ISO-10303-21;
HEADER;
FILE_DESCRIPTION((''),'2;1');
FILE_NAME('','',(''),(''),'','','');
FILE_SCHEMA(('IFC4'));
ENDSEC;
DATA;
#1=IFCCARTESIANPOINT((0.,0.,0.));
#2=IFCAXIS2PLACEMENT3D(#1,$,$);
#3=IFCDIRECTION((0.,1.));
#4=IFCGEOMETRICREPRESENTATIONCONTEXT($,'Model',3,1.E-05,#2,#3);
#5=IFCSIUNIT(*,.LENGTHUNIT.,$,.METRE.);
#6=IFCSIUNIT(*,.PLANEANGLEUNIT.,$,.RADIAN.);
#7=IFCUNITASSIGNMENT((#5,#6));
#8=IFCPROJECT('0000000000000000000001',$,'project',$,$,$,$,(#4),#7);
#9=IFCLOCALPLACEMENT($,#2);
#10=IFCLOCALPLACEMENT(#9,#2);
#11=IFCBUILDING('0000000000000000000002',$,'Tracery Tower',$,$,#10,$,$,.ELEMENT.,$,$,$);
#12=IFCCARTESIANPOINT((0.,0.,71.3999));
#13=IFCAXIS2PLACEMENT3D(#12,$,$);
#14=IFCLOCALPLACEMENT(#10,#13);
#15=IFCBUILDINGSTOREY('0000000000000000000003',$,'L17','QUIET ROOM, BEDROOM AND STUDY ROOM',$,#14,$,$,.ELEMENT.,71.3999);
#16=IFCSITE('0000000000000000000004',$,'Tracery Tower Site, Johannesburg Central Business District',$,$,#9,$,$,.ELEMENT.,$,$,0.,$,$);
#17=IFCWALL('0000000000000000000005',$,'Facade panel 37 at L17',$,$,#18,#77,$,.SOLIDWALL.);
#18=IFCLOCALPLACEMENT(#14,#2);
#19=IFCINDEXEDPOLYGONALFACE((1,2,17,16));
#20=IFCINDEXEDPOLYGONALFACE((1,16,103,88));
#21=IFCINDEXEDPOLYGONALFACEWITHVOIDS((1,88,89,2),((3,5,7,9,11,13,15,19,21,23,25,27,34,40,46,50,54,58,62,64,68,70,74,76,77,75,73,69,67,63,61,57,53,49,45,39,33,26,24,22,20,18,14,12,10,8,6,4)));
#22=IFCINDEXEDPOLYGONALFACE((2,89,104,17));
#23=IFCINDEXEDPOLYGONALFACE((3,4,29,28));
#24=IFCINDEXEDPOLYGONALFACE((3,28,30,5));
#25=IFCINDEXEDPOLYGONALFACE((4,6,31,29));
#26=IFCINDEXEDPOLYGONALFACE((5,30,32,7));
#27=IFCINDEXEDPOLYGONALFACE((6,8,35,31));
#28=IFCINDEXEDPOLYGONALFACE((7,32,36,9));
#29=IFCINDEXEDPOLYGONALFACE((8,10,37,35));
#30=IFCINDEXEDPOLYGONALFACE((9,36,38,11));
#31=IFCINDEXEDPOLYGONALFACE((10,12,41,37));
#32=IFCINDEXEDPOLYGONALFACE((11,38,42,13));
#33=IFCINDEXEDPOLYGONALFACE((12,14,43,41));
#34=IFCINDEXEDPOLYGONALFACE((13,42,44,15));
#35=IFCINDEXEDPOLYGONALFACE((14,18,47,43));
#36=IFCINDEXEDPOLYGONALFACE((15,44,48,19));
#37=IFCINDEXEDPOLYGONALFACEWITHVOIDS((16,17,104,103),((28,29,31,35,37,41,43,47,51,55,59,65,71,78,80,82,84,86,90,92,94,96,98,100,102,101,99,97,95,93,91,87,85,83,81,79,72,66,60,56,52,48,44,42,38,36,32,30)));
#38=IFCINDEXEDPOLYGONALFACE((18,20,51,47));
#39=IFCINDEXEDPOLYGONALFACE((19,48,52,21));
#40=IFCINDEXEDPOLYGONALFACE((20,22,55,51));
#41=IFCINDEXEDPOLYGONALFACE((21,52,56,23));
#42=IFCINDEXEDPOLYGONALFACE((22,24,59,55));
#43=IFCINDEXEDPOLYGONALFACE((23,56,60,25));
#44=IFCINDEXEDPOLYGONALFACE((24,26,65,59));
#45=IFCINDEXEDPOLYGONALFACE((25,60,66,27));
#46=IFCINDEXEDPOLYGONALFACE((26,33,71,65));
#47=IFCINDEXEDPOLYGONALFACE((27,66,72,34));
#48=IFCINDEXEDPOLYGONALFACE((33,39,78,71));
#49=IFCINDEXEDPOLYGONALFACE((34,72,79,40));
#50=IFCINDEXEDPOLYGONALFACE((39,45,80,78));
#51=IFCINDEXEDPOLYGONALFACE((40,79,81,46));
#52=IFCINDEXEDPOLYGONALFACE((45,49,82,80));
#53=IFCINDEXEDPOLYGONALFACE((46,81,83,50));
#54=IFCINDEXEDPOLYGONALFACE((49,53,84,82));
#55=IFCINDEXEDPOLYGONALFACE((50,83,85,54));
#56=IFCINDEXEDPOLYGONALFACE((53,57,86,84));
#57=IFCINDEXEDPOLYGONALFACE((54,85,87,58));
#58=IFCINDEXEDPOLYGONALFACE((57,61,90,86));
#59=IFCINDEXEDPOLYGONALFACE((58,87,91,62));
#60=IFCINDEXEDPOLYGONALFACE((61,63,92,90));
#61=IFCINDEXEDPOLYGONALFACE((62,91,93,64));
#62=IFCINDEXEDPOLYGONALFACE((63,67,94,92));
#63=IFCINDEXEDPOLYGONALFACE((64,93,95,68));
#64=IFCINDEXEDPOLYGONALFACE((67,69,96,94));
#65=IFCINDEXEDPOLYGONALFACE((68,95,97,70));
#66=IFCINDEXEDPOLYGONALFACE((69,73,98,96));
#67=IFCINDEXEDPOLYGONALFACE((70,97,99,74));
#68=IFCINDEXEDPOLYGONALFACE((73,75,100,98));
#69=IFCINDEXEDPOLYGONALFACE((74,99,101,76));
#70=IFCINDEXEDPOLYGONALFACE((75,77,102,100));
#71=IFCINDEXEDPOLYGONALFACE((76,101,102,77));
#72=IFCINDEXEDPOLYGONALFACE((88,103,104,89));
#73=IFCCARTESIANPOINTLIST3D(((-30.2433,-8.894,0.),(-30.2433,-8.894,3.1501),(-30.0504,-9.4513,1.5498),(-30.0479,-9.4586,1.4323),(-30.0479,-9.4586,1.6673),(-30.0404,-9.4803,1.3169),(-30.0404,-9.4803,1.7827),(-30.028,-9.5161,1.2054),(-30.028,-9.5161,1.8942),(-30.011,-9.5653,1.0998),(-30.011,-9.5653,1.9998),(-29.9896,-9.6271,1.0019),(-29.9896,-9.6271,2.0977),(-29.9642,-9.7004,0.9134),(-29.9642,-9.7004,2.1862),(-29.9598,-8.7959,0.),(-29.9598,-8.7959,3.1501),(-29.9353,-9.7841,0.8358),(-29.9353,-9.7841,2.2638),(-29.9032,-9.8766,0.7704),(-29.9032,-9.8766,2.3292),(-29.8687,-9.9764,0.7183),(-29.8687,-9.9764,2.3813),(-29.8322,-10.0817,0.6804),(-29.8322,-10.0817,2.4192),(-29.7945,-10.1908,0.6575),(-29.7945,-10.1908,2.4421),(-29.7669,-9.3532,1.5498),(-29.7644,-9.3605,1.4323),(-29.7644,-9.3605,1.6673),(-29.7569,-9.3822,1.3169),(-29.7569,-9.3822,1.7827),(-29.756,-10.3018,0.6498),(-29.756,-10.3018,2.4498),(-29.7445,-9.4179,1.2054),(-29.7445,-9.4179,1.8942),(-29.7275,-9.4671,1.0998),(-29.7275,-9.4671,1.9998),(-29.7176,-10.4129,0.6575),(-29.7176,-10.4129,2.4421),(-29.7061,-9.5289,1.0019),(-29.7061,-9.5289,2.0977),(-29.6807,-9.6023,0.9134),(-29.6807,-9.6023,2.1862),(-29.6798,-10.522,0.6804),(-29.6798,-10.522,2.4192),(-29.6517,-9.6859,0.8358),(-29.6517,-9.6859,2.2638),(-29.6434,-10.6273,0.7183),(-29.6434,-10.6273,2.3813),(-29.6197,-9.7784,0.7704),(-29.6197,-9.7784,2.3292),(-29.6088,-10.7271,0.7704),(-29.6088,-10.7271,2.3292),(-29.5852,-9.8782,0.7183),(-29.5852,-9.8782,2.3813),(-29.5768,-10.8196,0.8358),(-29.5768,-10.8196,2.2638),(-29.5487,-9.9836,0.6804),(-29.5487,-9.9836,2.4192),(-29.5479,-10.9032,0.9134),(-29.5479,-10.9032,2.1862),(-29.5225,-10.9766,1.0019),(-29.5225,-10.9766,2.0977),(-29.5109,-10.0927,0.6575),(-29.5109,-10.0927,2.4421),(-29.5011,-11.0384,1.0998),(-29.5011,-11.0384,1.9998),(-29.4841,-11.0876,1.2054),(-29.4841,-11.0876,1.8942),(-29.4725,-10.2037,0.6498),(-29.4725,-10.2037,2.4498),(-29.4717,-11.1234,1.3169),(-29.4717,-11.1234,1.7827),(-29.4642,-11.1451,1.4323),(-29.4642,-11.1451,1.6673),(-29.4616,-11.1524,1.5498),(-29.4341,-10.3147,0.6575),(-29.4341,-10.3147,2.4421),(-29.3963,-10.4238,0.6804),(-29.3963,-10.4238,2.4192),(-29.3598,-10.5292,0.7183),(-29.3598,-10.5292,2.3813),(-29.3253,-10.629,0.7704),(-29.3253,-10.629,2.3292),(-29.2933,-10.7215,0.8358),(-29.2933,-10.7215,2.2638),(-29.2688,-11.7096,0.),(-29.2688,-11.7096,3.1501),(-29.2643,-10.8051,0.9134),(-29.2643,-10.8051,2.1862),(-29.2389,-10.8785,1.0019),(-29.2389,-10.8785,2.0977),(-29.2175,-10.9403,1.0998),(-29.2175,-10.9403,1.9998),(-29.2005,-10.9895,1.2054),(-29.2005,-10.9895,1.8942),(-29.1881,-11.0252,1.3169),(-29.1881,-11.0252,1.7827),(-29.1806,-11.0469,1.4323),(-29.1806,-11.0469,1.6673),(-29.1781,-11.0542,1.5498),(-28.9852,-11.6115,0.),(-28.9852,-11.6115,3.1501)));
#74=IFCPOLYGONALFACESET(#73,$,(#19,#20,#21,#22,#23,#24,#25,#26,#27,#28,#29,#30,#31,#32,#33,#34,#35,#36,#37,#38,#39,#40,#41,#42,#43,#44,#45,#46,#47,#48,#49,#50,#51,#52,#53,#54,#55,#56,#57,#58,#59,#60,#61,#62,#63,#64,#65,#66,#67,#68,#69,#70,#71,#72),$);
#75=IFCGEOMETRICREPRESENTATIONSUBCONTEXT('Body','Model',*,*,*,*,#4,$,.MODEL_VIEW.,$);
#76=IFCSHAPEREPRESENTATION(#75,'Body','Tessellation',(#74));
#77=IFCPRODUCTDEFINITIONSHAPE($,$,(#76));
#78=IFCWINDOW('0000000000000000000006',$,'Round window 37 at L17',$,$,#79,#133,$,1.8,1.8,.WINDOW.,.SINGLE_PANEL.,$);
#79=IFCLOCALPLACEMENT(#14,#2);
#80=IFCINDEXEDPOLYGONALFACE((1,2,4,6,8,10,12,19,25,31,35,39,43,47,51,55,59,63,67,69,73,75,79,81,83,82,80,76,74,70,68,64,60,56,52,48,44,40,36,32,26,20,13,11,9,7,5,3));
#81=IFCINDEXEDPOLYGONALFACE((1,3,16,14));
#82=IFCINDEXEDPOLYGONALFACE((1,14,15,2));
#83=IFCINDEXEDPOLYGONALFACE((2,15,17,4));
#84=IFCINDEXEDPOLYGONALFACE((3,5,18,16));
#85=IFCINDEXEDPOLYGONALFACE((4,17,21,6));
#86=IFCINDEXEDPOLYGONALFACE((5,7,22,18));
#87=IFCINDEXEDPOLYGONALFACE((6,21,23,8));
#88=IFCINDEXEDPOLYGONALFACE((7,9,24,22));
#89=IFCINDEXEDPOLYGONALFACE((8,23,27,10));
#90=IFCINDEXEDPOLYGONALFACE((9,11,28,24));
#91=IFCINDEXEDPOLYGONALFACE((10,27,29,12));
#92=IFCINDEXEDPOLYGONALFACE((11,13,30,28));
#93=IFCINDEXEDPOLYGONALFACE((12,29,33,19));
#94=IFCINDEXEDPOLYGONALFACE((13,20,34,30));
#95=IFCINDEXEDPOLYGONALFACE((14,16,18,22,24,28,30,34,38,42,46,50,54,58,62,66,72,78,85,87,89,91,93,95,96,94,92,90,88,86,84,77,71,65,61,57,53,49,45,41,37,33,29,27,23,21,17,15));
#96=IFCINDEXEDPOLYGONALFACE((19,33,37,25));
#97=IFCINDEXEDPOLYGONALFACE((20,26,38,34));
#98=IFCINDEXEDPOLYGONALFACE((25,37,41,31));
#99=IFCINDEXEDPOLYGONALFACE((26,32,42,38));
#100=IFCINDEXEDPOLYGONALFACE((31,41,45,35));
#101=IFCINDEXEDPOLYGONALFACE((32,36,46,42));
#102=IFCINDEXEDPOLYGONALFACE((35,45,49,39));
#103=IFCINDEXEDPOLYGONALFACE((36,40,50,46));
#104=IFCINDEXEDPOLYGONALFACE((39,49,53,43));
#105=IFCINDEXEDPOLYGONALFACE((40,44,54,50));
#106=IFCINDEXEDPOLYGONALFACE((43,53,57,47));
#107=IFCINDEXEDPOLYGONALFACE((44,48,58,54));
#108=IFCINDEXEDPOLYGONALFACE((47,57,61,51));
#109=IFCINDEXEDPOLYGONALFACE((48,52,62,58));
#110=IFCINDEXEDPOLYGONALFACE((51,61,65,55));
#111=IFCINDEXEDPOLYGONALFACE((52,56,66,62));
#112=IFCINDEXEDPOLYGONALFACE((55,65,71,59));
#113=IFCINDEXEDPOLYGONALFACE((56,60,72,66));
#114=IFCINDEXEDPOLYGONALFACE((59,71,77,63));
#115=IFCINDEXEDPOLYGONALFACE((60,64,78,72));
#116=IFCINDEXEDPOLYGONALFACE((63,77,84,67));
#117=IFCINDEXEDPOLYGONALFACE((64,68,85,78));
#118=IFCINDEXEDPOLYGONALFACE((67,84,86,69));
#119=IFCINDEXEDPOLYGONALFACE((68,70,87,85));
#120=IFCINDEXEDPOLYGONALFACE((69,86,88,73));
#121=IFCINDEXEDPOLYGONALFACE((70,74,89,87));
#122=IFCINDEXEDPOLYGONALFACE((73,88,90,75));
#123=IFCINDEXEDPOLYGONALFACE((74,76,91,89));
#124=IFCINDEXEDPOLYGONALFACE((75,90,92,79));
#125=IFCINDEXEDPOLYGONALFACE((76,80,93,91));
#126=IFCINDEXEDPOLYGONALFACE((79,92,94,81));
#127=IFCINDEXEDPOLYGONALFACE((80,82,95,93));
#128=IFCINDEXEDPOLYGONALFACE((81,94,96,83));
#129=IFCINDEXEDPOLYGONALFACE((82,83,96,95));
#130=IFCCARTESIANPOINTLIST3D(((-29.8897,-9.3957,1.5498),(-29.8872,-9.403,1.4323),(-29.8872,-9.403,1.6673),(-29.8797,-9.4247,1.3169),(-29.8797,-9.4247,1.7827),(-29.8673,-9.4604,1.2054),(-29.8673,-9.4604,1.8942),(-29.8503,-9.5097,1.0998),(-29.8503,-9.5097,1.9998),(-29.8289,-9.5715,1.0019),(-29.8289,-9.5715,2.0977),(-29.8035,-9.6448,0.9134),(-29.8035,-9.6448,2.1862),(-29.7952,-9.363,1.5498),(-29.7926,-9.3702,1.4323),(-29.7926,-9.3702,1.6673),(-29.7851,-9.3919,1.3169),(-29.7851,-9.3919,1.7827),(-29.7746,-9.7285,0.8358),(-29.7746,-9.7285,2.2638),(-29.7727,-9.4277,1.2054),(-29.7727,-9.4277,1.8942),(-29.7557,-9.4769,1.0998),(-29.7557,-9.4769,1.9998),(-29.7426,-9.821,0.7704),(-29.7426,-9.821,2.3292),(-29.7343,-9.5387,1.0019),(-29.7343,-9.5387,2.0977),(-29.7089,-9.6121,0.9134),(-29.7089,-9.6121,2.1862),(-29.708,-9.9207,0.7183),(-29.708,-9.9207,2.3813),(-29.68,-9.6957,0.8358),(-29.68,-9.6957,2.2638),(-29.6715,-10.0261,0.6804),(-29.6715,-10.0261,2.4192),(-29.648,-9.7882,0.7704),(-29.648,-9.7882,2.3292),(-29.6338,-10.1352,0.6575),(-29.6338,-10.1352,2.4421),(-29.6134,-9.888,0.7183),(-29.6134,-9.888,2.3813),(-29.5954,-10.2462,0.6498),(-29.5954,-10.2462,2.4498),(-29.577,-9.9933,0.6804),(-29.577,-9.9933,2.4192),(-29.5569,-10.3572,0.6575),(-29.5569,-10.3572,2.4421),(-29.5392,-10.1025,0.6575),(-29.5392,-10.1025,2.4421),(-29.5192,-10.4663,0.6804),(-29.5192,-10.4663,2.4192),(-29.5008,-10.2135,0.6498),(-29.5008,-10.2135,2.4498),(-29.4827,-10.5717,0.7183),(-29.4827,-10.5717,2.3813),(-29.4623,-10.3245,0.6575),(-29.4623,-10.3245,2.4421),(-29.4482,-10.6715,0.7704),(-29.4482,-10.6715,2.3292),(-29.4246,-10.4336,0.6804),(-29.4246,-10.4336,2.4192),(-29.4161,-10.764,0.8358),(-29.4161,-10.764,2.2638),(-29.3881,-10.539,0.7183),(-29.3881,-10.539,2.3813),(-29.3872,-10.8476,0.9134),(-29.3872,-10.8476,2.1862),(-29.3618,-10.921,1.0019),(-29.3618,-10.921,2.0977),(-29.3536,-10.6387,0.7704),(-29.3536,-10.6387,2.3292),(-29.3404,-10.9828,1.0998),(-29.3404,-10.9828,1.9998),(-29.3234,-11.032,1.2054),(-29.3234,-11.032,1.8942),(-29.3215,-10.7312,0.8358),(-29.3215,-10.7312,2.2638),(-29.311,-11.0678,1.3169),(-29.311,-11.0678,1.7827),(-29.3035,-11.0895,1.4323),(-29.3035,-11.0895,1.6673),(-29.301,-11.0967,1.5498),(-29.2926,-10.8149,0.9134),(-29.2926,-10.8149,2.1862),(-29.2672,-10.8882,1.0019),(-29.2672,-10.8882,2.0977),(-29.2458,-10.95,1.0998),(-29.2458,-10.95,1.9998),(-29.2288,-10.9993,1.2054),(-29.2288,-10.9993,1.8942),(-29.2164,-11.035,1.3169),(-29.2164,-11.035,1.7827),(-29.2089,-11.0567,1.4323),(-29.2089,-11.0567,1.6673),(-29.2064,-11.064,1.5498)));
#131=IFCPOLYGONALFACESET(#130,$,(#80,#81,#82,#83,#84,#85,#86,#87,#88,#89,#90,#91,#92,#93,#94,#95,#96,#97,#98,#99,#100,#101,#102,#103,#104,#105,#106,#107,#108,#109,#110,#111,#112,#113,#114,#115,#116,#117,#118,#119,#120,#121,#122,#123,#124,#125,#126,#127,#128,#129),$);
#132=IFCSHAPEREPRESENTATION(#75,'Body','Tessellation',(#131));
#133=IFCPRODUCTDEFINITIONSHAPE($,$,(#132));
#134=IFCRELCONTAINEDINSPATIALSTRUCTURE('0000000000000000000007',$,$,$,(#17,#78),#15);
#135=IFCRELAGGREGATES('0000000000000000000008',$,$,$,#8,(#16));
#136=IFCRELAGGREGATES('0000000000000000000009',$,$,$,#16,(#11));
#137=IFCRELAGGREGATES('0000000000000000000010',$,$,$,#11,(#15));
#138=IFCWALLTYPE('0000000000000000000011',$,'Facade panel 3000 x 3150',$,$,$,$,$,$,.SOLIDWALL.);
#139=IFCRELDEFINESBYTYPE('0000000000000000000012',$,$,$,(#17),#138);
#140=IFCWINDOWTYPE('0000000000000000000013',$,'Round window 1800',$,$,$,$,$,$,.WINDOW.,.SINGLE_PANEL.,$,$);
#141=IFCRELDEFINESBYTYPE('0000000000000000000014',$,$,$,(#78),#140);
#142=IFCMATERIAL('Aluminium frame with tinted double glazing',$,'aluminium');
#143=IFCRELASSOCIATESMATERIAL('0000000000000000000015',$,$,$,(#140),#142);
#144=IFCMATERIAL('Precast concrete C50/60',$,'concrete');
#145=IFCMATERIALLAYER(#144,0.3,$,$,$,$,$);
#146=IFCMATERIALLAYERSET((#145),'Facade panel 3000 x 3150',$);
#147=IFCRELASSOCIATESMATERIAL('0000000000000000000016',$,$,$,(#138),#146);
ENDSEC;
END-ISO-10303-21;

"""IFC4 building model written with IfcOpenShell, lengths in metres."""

from ifc_helpers import new_model, si_unit, direction, frame, frame_2d, origin, origin_2d, place, context, subcontext, project, spatial, rectangle, circle, extrude, material, layer, layer_set, type_object, element, fill, save


model = new_model("IFC4")

# Units and contexts
model_context = context("Model", 3, precision=1e-05, world=origin(), true_north=direction((0.0, 1.0)))
body_context = subcontext(model_context, "Body", "Model", "MODEL_VIEW")
ifc_project = project(units=[si_unit("LENGTHUNIT", "METRE"), si_unit("PLANEANGLEUNIT", "RADIAN")], contexts=[model_context])

# Site, building, storey
site_placement = place(None, origin())
site = spatial("IfcSite", under=ifc_project, at=site_placement, Name="Tracery Tower Site, Johannesburg Central Business District", CompositionType="ELEMENT", RefElevation=0.0)
building_placement = place(site_placement, origin())
building = spatial("IfcBuilding", under=site, at=building_placement, Name="Tracery Tower", CompositionType="ELEMENT")
storey_placement = place(building_placement, frame((0.0, 0.0, 71.3999)))
storey = spatial("IfcBuildingStorey", under=building, at=storey_placement, Name="L17", Description="QUIET ROOM, BEDROOM AND STUDY ROOM", CompositionType="ELEMENT", Elevation=71.3999)

# Wall, opening, window
ifc_material_1 = material(Name="Aluminium frame with tinted double glazing", Category="aluminium")
window_type = type_object("IfcWindowType", Name="Round window 1800", PartitioningType="SINGLE_PANEL", PredefinedType="WINDOW", material=ifc_material_1)
ifc_material_2 = material(Name="Precast concrete C50/60", Category="concrete")
ifc_layer_1 = layer(ifc_material_2, 0.3)
ifc_layer_set_1 = layer_set([ifc_layer_1], Name="Facade panel 3000 x 3150")
wall_type_1 = type_object("IfcWallType", Name="Facade panel 3000 x 3150", PredefinedType="SOLIDWALL", material=ifc_layer_set_1)
wall_1_placement = place(storey_placement, frame((-30.1016, -8.845, 0.0), z_axis=(0.0, 0.0, 1.0), x_axis=(0.327096, -0.944991, 0.0)))
wall_1 = element("IfcWall", 1, at=wall_1_placement, inside=storey, type_object=wall_type_1, Name="Facade panel 37 at L17", PredefinedType="SOLIDWALL", context=body_context, shape_type="SweptSolid", body=[
    extrude(rectangle(XDim=2.9795, YDim=0.3, at=frame_2d((1.4897, 0.0))), origin(), (0.0, 0.0, 1.0), 3.1501),
])
opening_1_placement = place(wall_1_placement, frame((1.4897, 0.0, 1.5498)))
opening_1 = element("IfcOpeningElement", 2, at=opening_1_placement, cuts=wall_1, PredefinedType="OPENING", context=body_context, shape_type="SweptSolid", body=[
    extrude(circle(Radius=0.9, at=origin_2d()), frame((0.0, 0.1599, 0.0), z_axis=(0.0, -1.0, 0.0), x_axis=(1.0, 0.0, 0.0)), (0.0, 0.0, 1.0), 0.3201),
])
window_1_placement = place(opening_1_placement, origin())
window_1 = element("IfcWindow", 3, at=window_1_placement, inside=storey, type_object=window_type, Name="Round window 37 at L17", OverallHeight=1.8, OverallWidth=1.8, PartitioningType="SINGLE_PANEL", PredefinedType="WINDOW", context=body_context, shape_type="SweptSolid", body=[
    extrude(circle(Radius=0.9, at=origin_2d()), frame((0.0, 0.1201, 0.0), z_axis=(0.0, -1.0, 0.0), x_axis=(1.0, 0.0, 0.0)), (0.0, 0.0, 1.0), 0.1001),
])
fill(opening_1, window_1)

save(model, "model.ifc")
